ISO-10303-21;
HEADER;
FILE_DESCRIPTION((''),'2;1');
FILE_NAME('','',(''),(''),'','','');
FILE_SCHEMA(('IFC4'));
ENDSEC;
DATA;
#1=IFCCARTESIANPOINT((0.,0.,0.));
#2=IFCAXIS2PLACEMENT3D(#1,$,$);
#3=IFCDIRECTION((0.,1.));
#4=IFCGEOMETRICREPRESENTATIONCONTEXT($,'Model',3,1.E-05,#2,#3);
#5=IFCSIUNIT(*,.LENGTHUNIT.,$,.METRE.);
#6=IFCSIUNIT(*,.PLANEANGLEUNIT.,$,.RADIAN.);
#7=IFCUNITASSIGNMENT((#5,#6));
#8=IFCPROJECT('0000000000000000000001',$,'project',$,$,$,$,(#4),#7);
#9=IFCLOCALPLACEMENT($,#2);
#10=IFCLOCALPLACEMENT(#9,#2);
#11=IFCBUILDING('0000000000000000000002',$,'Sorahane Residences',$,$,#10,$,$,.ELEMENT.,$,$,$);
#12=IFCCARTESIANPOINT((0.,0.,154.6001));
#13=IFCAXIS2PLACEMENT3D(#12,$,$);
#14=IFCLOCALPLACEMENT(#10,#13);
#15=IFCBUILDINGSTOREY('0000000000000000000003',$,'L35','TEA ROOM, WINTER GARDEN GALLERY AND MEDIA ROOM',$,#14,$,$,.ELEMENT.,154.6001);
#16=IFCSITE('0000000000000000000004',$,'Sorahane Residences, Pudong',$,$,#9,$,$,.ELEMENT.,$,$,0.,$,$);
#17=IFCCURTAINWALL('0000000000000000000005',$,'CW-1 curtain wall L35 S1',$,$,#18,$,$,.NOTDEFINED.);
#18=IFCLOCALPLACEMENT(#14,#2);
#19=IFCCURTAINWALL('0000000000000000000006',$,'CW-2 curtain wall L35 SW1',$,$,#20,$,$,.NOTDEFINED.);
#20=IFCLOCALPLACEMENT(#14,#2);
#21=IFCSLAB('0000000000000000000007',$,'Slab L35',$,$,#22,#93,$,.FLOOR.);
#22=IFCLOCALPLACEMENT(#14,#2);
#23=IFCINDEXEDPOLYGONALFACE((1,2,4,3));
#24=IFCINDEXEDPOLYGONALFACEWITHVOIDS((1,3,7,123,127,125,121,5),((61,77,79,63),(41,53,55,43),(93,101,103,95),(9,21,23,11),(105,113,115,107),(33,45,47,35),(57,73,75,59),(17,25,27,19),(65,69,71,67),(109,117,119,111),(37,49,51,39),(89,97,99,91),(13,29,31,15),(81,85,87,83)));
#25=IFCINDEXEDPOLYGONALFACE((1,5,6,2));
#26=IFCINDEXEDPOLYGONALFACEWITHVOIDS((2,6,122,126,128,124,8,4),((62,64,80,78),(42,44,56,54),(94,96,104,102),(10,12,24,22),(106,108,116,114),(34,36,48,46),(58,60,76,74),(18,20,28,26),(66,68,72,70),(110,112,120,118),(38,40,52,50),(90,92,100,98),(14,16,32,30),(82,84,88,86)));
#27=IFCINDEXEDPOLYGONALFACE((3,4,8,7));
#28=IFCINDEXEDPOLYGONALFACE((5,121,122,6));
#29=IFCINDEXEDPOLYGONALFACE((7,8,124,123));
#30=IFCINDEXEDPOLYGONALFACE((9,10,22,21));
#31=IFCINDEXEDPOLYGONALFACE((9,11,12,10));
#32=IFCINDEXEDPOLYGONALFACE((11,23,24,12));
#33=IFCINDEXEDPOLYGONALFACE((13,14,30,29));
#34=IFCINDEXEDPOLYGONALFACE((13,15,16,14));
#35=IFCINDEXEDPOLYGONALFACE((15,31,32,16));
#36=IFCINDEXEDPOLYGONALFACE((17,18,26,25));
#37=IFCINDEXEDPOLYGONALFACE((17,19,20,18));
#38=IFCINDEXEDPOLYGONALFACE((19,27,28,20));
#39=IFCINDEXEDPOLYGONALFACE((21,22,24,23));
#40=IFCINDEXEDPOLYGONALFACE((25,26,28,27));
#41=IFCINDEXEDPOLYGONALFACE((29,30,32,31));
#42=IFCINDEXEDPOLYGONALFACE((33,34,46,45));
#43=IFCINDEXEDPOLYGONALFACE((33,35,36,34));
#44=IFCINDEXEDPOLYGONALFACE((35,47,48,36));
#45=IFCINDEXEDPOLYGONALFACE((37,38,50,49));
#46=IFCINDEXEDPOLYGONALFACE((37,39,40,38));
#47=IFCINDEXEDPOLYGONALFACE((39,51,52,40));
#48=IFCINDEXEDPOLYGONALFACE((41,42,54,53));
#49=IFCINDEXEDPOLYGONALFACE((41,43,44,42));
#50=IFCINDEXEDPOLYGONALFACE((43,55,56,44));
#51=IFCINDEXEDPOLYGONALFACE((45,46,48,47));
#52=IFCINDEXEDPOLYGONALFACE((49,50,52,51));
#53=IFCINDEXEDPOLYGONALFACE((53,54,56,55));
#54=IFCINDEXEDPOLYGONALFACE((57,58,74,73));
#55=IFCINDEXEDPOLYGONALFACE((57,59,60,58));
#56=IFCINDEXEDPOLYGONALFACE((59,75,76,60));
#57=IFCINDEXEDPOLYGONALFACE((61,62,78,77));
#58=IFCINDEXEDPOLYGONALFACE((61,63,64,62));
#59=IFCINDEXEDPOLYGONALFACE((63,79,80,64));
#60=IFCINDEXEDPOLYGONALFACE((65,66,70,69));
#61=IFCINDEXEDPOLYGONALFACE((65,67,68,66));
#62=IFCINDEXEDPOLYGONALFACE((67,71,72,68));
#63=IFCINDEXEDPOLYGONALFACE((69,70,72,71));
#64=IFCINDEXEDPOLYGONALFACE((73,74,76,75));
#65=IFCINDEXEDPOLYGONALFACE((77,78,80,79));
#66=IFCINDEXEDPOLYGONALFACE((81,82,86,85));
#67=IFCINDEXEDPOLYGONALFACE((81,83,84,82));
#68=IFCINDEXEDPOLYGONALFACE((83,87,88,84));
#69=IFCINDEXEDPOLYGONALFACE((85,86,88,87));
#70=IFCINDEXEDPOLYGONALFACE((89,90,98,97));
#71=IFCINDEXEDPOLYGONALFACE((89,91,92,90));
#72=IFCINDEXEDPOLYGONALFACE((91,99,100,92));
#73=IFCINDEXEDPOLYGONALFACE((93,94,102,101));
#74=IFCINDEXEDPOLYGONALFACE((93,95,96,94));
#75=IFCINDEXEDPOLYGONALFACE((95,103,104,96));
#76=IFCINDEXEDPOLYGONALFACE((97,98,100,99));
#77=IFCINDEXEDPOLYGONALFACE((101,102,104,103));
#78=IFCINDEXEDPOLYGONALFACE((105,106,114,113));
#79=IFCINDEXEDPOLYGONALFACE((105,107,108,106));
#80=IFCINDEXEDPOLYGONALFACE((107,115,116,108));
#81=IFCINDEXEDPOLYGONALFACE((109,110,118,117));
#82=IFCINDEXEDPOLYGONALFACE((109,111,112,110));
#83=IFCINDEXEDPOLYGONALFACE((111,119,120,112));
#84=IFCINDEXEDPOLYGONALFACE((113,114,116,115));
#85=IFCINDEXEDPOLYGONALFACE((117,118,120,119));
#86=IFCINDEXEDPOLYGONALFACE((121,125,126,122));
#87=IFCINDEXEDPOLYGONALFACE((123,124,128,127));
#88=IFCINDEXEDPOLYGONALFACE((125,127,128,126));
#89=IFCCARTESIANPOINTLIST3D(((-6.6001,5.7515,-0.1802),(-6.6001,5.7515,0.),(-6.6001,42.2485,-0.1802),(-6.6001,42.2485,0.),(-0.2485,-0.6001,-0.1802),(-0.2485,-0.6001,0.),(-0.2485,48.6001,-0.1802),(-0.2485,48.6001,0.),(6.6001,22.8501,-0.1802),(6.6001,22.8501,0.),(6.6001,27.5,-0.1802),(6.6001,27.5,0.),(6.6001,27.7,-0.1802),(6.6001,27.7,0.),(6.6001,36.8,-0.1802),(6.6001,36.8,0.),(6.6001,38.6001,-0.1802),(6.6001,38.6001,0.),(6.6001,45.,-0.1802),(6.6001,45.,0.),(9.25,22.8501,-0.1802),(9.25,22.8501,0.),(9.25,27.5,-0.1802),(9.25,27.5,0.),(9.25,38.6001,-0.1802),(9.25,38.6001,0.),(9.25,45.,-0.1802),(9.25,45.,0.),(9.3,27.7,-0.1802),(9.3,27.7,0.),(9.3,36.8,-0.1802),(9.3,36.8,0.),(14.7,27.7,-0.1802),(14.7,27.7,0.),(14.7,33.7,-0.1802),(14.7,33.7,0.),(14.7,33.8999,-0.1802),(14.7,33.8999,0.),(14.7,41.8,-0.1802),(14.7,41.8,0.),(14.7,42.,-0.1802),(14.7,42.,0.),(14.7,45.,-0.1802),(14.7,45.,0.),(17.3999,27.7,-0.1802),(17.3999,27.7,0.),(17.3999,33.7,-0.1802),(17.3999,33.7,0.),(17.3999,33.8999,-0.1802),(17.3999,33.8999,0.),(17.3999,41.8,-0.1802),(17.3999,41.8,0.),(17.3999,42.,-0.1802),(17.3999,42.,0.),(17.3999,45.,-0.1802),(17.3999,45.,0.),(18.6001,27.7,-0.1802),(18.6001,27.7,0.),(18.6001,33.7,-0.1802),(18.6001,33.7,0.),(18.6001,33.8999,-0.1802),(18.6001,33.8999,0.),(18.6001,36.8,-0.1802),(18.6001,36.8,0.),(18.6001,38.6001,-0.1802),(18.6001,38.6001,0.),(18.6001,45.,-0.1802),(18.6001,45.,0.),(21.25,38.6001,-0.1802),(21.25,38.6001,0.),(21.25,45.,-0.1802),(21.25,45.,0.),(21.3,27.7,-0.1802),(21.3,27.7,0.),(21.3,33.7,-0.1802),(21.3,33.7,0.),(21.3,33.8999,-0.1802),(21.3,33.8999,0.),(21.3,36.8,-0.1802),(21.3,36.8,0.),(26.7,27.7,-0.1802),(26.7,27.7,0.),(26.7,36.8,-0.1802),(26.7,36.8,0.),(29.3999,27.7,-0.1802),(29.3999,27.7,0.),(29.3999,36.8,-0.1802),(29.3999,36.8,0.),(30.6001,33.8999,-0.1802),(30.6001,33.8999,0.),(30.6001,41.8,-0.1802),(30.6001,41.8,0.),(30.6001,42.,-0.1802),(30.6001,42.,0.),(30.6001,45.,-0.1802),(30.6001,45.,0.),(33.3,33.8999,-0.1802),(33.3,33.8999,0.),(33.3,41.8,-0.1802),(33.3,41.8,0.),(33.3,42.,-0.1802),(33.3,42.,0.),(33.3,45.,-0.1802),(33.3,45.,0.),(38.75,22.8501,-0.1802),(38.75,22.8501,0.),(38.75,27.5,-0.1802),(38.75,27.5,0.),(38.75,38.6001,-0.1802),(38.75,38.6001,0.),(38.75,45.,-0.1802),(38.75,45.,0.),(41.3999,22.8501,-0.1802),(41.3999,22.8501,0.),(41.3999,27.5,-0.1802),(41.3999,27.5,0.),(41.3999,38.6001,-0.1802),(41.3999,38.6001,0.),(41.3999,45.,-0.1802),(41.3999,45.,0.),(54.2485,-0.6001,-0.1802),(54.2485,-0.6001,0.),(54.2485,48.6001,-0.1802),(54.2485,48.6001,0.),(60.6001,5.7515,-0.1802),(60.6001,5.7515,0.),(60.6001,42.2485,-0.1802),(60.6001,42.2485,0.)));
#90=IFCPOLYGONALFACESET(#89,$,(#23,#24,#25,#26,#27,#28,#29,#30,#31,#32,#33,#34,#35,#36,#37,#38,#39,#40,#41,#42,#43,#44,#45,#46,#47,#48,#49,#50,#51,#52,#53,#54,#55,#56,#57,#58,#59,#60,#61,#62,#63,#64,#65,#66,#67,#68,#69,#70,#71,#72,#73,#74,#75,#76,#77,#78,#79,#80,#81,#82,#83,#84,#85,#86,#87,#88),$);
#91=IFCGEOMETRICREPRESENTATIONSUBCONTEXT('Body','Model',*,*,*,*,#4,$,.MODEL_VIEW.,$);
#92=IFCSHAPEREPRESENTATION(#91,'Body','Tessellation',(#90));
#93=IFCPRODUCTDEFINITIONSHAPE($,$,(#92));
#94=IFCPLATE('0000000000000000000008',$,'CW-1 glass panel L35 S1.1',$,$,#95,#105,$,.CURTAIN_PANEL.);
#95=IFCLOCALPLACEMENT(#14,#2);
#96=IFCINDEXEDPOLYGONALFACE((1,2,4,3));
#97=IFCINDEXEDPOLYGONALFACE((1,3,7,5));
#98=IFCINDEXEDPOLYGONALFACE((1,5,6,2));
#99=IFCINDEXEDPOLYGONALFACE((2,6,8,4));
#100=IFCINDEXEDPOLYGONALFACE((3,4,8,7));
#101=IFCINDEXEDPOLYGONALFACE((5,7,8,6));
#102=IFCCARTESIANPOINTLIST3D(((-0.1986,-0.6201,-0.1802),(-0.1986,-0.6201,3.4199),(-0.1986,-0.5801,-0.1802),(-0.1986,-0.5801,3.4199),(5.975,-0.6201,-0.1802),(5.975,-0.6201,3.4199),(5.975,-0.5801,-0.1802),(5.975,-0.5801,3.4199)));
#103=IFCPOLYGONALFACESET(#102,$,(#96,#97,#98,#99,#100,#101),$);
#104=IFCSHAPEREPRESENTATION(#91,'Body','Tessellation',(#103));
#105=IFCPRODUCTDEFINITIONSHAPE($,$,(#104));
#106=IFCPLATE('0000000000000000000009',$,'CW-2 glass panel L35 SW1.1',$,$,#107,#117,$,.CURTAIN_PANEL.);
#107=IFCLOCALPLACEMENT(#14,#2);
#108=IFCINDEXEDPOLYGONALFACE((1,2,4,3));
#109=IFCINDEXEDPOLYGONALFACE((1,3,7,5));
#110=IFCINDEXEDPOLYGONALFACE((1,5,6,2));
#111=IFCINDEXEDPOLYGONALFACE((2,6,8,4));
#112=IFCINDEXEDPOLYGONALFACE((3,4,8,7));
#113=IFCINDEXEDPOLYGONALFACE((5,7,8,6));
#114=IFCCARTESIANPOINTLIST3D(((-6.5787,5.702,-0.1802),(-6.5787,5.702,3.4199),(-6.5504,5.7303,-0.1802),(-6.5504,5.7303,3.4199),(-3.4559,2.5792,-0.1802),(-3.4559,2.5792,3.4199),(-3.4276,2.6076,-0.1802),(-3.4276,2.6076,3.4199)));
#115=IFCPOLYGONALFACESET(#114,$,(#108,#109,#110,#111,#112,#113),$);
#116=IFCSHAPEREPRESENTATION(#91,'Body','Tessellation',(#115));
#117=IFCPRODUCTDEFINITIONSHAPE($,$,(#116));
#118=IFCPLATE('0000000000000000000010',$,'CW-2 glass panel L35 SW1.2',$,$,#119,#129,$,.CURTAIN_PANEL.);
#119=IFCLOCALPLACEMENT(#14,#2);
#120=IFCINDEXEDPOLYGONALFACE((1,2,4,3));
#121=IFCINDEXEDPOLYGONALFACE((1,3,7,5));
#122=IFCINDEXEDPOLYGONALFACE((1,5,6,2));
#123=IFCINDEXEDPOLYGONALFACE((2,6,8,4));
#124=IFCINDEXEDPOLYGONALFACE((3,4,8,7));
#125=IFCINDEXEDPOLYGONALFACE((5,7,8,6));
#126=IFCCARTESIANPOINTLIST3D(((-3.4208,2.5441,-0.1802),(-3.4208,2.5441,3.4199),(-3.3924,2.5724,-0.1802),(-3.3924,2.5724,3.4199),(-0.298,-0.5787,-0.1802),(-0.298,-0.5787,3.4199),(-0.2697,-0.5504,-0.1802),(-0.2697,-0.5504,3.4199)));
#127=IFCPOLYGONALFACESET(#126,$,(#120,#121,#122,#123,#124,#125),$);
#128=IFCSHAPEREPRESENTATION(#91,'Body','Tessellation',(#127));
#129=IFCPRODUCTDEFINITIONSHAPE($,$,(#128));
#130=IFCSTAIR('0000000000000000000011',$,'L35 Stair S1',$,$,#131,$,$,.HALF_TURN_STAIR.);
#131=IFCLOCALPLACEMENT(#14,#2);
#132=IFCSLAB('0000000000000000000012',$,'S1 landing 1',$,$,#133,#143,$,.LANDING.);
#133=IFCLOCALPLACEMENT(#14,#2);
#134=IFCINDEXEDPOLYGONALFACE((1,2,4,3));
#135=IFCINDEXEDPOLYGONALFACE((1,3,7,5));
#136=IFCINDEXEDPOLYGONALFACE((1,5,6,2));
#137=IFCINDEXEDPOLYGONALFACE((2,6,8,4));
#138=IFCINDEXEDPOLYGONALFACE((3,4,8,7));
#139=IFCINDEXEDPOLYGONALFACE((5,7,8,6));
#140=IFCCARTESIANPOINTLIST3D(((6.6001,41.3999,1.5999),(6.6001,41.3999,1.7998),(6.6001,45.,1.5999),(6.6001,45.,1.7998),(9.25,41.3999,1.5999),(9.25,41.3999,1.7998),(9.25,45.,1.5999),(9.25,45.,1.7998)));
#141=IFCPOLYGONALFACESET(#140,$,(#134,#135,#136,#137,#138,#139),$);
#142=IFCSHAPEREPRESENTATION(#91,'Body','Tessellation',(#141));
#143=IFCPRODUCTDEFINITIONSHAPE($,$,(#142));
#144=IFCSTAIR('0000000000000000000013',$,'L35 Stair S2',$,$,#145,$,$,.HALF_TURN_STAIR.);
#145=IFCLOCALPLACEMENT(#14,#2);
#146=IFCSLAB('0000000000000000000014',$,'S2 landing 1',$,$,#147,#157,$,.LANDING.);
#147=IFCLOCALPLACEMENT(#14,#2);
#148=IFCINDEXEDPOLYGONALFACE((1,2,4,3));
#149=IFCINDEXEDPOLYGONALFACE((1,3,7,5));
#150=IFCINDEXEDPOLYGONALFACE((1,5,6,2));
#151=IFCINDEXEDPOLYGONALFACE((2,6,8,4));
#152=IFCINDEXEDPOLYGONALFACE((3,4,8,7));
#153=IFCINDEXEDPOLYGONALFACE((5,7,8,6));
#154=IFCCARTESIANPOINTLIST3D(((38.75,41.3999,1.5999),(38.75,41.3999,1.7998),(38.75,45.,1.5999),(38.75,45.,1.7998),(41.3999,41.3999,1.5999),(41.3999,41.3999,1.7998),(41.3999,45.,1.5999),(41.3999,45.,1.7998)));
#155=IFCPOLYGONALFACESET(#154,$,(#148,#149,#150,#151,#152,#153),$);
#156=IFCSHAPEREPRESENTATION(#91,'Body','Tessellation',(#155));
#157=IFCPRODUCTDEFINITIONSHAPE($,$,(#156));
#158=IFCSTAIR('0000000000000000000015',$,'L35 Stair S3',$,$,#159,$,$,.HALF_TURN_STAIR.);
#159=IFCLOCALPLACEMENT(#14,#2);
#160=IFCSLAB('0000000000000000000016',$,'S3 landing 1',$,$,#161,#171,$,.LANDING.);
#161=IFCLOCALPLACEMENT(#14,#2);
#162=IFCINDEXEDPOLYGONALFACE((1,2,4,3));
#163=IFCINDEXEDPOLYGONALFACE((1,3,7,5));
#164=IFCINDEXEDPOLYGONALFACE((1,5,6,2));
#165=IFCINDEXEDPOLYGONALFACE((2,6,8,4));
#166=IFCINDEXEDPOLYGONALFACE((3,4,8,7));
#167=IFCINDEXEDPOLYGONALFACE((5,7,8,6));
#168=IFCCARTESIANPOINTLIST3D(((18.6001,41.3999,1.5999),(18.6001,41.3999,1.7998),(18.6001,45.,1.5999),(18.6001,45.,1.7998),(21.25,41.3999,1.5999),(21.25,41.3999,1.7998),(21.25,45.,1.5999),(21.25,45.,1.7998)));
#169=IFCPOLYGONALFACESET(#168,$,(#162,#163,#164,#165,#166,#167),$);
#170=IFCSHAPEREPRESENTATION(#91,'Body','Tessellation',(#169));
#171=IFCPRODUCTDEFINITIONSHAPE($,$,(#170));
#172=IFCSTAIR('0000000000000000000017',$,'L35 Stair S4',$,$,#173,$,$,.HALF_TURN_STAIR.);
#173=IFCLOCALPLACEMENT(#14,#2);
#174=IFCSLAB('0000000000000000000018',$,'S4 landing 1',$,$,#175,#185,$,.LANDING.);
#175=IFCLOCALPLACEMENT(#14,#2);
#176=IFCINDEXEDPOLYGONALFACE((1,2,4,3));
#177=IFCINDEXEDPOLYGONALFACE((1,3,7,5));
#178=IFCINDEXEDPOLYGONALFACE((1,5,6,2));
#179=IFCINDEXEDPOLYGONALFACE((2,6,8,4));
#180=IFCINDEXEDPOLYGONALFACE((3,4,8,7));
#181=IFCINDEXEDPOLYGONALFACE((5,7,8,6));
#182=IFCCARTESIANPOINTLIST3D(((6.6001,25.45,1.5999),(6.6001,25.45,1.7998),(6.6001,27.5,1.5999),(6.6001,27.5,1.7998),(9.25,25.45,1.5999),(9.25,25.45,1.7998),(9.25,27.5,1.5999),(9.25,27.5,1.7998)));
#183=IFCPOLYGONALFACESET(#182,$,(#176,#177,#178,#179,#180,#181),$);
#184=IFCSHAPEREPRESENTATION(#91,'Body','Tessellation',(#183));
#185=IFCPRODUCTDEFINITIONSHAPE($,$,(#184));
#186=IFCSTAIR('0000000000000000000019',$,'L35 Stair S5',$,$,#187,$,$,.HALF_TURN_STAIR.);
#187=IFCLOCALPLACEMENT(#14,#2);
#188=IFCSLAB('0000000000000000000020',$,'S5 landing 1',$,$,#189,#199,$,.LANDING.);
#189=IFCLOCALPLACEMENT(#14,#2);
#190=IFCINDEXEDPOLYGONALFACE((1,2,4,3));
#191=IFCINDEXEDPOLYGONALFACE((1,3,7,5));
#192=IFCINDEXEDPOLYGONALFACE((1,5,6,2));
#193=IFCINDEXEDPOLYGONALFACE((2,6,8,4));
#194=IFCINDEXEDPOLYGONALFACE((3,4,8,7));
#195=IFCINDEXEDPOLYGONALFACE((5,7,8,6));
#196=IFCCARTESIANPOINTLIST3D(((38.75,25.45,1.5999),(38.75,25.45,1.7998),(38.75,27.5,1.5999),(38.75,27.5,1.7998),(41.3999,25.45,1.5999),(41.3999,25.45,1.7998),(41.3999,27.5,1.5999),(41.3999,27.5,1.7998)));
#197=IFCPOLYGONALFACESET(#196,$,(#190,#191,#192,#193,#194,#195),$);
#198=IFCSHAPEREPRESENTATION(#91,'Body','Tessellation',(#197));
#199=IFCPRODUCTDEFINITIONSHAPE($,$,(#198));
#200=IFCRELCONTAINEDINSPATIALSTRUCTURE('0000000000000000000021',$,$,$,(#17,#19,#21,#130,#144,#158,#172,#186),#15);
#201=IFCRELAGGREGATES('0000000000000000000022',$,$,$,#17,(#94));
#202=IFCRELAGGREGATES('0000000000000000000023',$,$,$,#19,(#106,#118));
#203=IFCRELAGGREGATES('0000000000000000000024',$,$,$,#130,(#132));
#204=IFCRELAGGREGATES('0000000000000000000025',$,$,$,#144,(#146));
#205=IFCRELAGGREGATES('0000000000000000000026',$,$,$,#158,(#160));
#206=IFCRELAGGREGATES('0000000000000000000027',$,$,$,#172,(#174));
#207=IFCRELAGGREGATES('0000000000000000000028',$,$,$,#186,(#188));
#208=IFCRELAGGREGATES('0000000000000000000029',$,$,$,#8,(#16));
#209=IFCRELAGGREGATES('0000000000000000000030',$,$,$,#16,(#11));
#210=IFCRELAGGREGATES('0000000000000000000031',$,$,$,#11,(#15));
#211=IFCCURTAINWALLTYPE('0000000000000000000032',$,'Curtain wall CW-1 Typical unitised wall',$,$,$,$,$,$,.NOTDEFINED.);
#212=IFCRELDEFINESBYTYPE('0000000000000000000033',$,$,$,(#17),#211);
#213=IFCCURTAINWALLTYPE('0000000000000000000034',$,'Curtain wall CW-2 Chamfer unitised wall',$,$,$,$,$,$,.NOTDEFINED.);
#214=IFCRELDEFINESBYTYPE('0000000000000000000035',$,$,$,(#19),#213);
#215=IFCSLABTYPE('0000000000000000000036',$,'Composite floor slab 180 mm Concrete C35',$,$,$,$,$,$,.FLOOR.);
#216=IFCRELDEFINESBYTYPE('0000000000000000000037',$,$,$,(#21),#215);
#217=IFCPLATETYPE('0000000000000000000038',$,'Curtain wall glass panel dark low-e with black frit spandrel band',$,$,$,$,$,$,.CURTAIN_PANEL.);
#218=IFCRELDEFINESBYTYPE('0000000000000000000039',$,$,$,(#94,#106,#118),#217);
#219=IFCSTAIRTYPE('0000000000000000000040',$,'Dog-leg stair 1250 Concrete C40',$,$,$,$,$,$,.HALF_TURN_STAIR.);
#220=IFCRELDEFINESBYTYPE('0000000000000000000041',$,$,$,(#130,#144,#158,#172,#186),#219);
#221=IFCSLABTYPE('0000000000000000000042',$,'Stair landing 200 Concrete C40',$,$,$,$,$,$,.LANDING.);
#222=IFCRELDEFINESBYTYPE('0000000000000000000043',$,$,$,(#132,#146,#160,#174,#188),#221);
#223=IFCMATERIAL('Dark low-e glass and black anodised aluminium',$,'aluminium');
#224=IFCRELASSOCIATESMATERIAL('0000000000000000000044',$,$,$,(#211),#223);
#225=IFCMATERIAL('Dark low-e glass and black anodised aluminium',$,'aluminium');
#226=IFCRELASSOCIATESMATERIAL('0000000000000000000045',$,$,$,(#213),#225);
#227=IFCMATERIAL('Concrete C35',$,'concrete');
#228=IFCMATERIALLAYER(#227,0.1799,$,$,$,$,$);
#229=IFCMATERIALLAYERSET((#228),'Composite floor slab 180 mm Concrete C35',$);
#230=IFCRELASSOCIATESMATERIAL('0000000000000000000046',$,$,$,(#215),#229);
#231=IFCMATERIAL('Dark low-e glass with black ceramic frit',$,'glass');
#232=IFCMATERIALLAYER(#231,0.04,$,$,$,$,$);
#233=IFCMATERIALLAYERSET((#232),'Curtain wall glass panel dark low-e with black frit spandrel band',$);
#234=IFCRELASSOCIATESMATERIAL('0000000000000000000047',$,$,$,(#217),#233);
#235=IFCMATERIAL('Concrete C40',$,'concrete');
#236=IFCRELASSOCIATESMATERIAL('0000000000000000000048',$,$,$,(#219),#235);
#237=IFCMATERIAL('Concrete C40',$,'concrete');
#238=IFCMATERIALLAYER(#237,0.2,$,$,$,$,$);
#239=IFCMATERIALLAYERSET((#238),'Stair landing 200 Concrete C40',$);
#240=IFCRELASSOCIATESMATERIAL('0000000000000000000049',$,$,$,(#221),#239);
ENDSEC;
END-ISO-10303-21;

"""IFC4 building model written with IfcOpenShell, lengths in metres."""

from ifc_helpers import new_model, si_unit, direction, frame, origin, origin_2d, place, context, subcontext, project, spatial, polyline, rectangle, outline, extrude, material, layer, layer_set, type_object, element, aggregate, save


model = new_model("IFC4")

# Units and contexts
model_context = context("Model", 3, precision=1e-05, world=origin(), true_north=direction((0.0, 1.0)))
body_context = subcontext(model_context, "Body", "Model", "MODEL_VIEW")
ifc_project = project(units=[si_unit("LENGTHUNIT", "METRE"), si_unit("PLANEANGLEUNIT", "RADIAN")], contexts=[model_context])

# Site, building, storey
site_placement = place(None, origin())
site = spatial("IfcSite", under=ifc_project, at=site_placement, Name="Sorahane Residences, Pudong", CompositionType="ELEMENT", RefElevation=0.0)
building_placement = place(site_placement, origin())
building = spatial("IfcBuilding", under=site, at=building_placement, Name="Sorahane Residences", CompositionType="ELEMENT")
storey_placement = place(building_placement, frame((0.0, 0.0, 154.6001)))
storey = spatial("IfcBuildingStorey", under=building, at=storey_placement, Name="L35", Description="TEA ROOM, WINTER GARDEN GALLERY AND MEDIA ROOM", CompositionType="ELEMENT", Elevation=154.6001)

# Curtain wall
ifc_material_1 = material(Name="Dark low-e glass and black anodised aluminium", Category="aluminium")
curtain_wall_type_1 = type_object("IfcCurtainWallType", Name="Curtain wall CW-1 Typical unitised wall", PredefinedType="NOTDEFINED", material=ifc_material_1)
curtain_wall_1_placement = place(storey_placement, origin())
curtain_wall_1 = element("IfcCurtainWall", 1, at=curtain_wall_1_placement, inside=storey, type_object=curtain_wall_type_1, Name="CW-1 curtain wall L35 S1", PredefinedType="NOTDEFINED")

# Curtain wall
ifc_material_2 = material(Name="Dark low-e glass and black anodised aluminium", Category="aluminium")
curtain_wall_type_2 = type_object("IfcCurtainWallType", Name="Curtain wall CW-2 Chamfer unitised wall", PredefinedType="NOTDEFINED", material=ifc_material_2)
curtain_wall_2_placement = place(storey_placement, origin())
curtain_wall_2 = element("IfcCurtainWall", 2, at=curtain_wall_2_placement, inside=storey, type_object=curtain_wall_type_2, Name="CW-2 curtain wall L35 SW1", PredefinedType="NOTDEFINED")

# Slab
ifc_material_3 = material(Name="Concrete C35", Category="concrete")
ifc_layer_1 = layer(ifc_material_3, 0.1799)
ifc_layer_set_1 = layer_set([ifc_layer_1], Name="Composite floor slab 180 mm Concrete C35")
slab_type_1 = type_object("IfcSlabType", Name="Composite floor slab 180 mm Concrete C35", PredefinedType="FLOOR", material=ifc_layer_set_1)
slab_1_placement = place(storey_placement, frame((0.0, 0.0, -0.1802)))
element("IfcSlab", 3, at=slab_1_placement, inside=storey, type_object=slab_type_1, Name="Slab L35", PredefinedType="FLOOR", context=body_context, shape_type="SweptSolid", body=[
    extrude(outline(polyline([(-0.2485, -0.6001), (-6.6001, 5.7515), (-6.6001, 42.2485), (-0.2485, 48.6001), (54.2485, 48.6001), (60.6001, 42.2485), (60.6001, 5.7515), (54.2485, -0.6001), (-0.2485, -0.6001)]), holes=[polyline([(18.6001, 27.7), (21.3, 27.7), (21.3, 33.7), (18.6001, 33.7), (18.6001, 27.7)]), polyline([(30.6001, 42.0), (33.3, 42.0), (33.3, 45.0), (30.6001, 45.0), (30.6001, 42.0)]), polyline([(14.7, 27.7), (17.3999, 27.7), (17.3999, 33.7), (14.7, 33.7), (14.7, 27.7)]), polyline([(14.7, 42.0), (17.3999, 42.0), (17.3999, 45.0), (14.7, 45.0), (14.7, 42.0)]), polyline([(6.6001, 27.7), (9.3, 27.7), (9.3, 36.8), (6.6001, 36.8), (6.6001, 27.7)]), polyline([(9.25, 38.6001), (9.25, 45.0), (6.6001, 45.0), (6.6001, 38.6001), (9.25, 38.6001)]), polyline([(41.3999, 38.6001), (41.3999, 45.0), (38.75, 45.0), (38.75, 38.6001), (41.3999, 38.6001)]), polyline([(21.25, 38.6001), (21.25, 45.0), (18.6001, 45.0), (18.6001, 38.6001), (21.25, 38.6001)]), polyline([(9.25, 22.8501), (9.25, 27.5), (6.6001, 27.5), (6.6001, 22.8501), (9.25, 22.8501)]), polyline([(41.3999, 22.8501), (41.3999, 27.5), (38.75, 27.5), (38.75, 22.8501), (41.3999, 22.8501)]), polyline([(14.7, 33.8999), (17.3999, 33.8999), (17.3999, 41.8), (14.7, 41.8), (14.7, 33.8999)]), polyline([(30.6001, 33.8999), (33.3, 33.8999), (33.3, 41.8), (30.6001, 41.8), (30.6001, 33.8999)]), polyline([(18.6001, 33.8999), (21.3, 33.8999), (21.3, 36.8), (18.6001, 36.8), (18.6001, 33.8999)]), polyline([(26.7, 27.7), (29.3999, 27.7), (29.3999, 36.8), (26.7, 36.8), (26.7, 27.7)])]), origin(), (0.0, 0.0, 1.0), 0.1802),
])

# Plates
ifc_material_4 = material(Name="Dark low-e glass with black ceramic frit", Category="glass")
ifc_layer_2 = layer(ifc_material_4, 0.04)
ifc_layer_set_2 = layer_set([ifc_layer_2], Name="Curtain wall glass panel dark low-e with black frit spandrel band")
plate_type = type_object("IfcPlateType", Name="Curtain wall glass panel dark low-e with black frit spandrel band", PredefinedType="CURTAIN_PANEL", material=ifc_layer_set_2)
plate_1_placement = place(storey_placement, frame((2.8882, -0.6001, -0.1802), z_axis=(0.0, 0.0, 1.0), x_axis=(1.0, 0.0, 0.0)))
plate_1 = element("IfcPlate", 4, at=plate_1_placement, type_object=plate_type, Name="CW-1 glass panel L35 S1.1", PredefinedType="CURTAIN_PANEL", context=body_context, shape_type="SweptSolid", body=[
    extrude(rectangle(XDim=6.1736, YDim=0.04, at=origin_2d()), origin(), (0.0, 0.0, 1.0), 3.6001),
])
aggregate(curtain_wall_1, [plate_1])
plate_2_placement = place(storey_placement, frame((-5.0032, 4.1548, -0.1802), z_axis=(0.0, 0.0, 1.0), x_axis=(0.707107, -0.707107, 0.0)))
plate_2 = element("IfcPlate", 5, at=plate_2_placement, type_object=plate_type, Name="CW-2 glass panel L35 SW1.1", PredefinedType="CURTAIN_PANEL", context=body_context, shape_type="SweptSolid", body=[
    extrude(rectangle(XDim=4.4163, YDim=0.04, at=origin_2d()), origin(), (0.0, 0.0, 1.0), 3.6001),
])
plate_3_placement = place(storey_placement, frame((-1.8452, 0.9968, -0.1802), z_axis=(0.0, 0.0, 1.0), x_axis=(0.707107, -0.707107, 0.0)))
plate_3 = element("IfcPlate", 6, at=plate_3_placement, type_object=plate_type, Name="CW-2 glass panel L35 SW1.2", PredefinedType="CURTAIN_PANEL", context=body_context, shape_type="SweptSolid", body=[
    extrude(rectangle(XDim=4.4163, YDim=0.04, at=origin_2d()), origin(), (0.0, 0.0, 1.0), 3.6001),
])
aggregate(curtain_wall_2, [plate_2, plate_3])

# Stairs, slabs
ifc_material_5 = material(Name="Concrete C40", Category="concrete")
stair_type = type_object("IfcStairType", Name="Dog-leg stair 1250 Concrete C40", PredefinedType="HALF_TURN_STAIR", material=ifc_material_5)
stair_1_placement = place(storey_placement, origin())
stair_1 = element("IfcStair", 7, at=stair_1_placement, inside=storey, type_object=stair_type, Name="L35 Stair S1", PredefinedType="HALF_TURN_STAIR")
ifc_material_6 = material(Name="Concrete C40", Category="concrete")
ifc_layer_3 = layer(ifc_material_6, 0.2)
ifc_layer_set_3 = layer_set([ifc_layer_3], Name="Stair landing 200 Concrete C40")
slab_type_2 = type_object("IfcSlabType", Name="Stair landing 200 Concrete C40", PredefinedType="LANDING", material=ifc_layer_set_3)
slab_2_placement = place(storey_placement, frame((0.0, 0.0, 1.5999)))
slab_2 = element("IfcSlab", 8, at=slab_2_placement, type_object=slab_type_2, Name="S1 landing 1", PredefinedType="LANDING", context=body_context, shape_type="SweptSolid", body=[
    extrude(outline(polyline([(9.25, 41.3999), (9.25, 45.0), (6.6001, 45.0), (6.6001, 41.3999), (9.25, 41.3999)])), origin(), (0.0, 0.0, 1.0), 0.2),
])
aggregate(stair_1, [slab_2])
stair_2_placement = place(storey_placement, origin())
stair_2 = element("IfcStair", 9, at=stair_2_placement, inside=storey, type_object=stair_type, Name="L35 Stair S2", PredefinedType="HALF_TURN_STAIR")
slab_3_placement = place(storey_placement, frame((0.0, 0.0, 1.5999)))
slab_3 = element("IfcSlab", 10, at=slab_3_placement, type_object=slab_type_2, Name="S2 landing 1", PredefinedType="LANDING", context=body_context, shape_type="SweptSolid", body=[
    extrude(outline(polyline([(41.3999, 41.3999), (41.3999, 45.0), (38.75, 45.0), (38.75, 41.3999), (41.3999, 41.3999)])), origin(), (0.0, 0.0, 1.0), 0.2),
])
aggregate(stair_2, [slab_3])
stair_3_placement = place(storey_placement, origin())
stair_3 = element("IfcStair", 11, at=stair_3_placement, inside=storey, type_object=stair_type, Name="L35 Stair S3", PredefinedType="HALF_TURN_STAIR")
slab_4_placement = place(storey_placement, frame((0.0, 0.0, 1.5999)))
slab_4 = element("IfcSlab", 12, at=slab_4_placement, type_object=slab_type_2, Name="S3 landing 1", PredefinedType="LANDING", context=body_context, shape_type="SweptSolid", body=[
    extrude(outline(polyline([(21.25, 41.3999), (21.25, 45.0), (18.6001, 45.0), (18.6001, 41.3999), (21.25, 41.3999)])), origin(), (0.0, 0.0, 1.0), 0.2),
])
aggregate(stair_3, [slab_4])
stair_4_placement = place(storey_placement, origin())
stair_4 = element("IfcStair", 13, at=stair_4_placement, inside=storey, type_object=stair_type, Name="L35 Stair S4", PredefinedType="HALF_TURN_STAIR")
slab_5_placement = place(storey_placement, frame((0.0, 0.0, 1.5999)))
slab_5 = element("IfcSlab", 14, at=slab_5_placement, type_object=slab_type_2, Name="S4 landing 1", PredefinedType="LANDING", context=body_context, shape_type="SweptSolid", body=[
    extrude(outline(polyline([(9.25, 25.45), (9.25, 27.5), (6.6001, 27.5), (6.6001, 25.45), (9.25, 25.45)])), origin(), (0.0, 0.0, 1.0), 0.2),
])
aggregate(stair_4, [slab_5])
stair_5_placement = place(storey_placement, origin())
stair_5 = element("IfcStair", 15, at=stair_5_placement, inside=storey, type_object=stair_type, Name="L35 Stair S5", PredefinedType="HALF_TURN_STAIR")
slab_6_placement = place(storey_placement, frame((0.0, 0.0, 1.5999)))
slab_6 = element("IfcSlab", 16, at=slab_6_placement, type_object=slab_type_2, Name="S5 landing 1", PredefinedType="LANDING", context=body_context, shape_type="SweptSolid", body=[
    extrude(outline(polyline([(41.3999, 25.45), (41.3999, 27.5), (38.75, 27.5), (38.75, 25.45), (41.3999, 25.45)])), origin(), (0.0, 0.0, 1.0), 0.2),
])
aggregate(stair_5, [slab_6])

save(model, "model.ifc")
